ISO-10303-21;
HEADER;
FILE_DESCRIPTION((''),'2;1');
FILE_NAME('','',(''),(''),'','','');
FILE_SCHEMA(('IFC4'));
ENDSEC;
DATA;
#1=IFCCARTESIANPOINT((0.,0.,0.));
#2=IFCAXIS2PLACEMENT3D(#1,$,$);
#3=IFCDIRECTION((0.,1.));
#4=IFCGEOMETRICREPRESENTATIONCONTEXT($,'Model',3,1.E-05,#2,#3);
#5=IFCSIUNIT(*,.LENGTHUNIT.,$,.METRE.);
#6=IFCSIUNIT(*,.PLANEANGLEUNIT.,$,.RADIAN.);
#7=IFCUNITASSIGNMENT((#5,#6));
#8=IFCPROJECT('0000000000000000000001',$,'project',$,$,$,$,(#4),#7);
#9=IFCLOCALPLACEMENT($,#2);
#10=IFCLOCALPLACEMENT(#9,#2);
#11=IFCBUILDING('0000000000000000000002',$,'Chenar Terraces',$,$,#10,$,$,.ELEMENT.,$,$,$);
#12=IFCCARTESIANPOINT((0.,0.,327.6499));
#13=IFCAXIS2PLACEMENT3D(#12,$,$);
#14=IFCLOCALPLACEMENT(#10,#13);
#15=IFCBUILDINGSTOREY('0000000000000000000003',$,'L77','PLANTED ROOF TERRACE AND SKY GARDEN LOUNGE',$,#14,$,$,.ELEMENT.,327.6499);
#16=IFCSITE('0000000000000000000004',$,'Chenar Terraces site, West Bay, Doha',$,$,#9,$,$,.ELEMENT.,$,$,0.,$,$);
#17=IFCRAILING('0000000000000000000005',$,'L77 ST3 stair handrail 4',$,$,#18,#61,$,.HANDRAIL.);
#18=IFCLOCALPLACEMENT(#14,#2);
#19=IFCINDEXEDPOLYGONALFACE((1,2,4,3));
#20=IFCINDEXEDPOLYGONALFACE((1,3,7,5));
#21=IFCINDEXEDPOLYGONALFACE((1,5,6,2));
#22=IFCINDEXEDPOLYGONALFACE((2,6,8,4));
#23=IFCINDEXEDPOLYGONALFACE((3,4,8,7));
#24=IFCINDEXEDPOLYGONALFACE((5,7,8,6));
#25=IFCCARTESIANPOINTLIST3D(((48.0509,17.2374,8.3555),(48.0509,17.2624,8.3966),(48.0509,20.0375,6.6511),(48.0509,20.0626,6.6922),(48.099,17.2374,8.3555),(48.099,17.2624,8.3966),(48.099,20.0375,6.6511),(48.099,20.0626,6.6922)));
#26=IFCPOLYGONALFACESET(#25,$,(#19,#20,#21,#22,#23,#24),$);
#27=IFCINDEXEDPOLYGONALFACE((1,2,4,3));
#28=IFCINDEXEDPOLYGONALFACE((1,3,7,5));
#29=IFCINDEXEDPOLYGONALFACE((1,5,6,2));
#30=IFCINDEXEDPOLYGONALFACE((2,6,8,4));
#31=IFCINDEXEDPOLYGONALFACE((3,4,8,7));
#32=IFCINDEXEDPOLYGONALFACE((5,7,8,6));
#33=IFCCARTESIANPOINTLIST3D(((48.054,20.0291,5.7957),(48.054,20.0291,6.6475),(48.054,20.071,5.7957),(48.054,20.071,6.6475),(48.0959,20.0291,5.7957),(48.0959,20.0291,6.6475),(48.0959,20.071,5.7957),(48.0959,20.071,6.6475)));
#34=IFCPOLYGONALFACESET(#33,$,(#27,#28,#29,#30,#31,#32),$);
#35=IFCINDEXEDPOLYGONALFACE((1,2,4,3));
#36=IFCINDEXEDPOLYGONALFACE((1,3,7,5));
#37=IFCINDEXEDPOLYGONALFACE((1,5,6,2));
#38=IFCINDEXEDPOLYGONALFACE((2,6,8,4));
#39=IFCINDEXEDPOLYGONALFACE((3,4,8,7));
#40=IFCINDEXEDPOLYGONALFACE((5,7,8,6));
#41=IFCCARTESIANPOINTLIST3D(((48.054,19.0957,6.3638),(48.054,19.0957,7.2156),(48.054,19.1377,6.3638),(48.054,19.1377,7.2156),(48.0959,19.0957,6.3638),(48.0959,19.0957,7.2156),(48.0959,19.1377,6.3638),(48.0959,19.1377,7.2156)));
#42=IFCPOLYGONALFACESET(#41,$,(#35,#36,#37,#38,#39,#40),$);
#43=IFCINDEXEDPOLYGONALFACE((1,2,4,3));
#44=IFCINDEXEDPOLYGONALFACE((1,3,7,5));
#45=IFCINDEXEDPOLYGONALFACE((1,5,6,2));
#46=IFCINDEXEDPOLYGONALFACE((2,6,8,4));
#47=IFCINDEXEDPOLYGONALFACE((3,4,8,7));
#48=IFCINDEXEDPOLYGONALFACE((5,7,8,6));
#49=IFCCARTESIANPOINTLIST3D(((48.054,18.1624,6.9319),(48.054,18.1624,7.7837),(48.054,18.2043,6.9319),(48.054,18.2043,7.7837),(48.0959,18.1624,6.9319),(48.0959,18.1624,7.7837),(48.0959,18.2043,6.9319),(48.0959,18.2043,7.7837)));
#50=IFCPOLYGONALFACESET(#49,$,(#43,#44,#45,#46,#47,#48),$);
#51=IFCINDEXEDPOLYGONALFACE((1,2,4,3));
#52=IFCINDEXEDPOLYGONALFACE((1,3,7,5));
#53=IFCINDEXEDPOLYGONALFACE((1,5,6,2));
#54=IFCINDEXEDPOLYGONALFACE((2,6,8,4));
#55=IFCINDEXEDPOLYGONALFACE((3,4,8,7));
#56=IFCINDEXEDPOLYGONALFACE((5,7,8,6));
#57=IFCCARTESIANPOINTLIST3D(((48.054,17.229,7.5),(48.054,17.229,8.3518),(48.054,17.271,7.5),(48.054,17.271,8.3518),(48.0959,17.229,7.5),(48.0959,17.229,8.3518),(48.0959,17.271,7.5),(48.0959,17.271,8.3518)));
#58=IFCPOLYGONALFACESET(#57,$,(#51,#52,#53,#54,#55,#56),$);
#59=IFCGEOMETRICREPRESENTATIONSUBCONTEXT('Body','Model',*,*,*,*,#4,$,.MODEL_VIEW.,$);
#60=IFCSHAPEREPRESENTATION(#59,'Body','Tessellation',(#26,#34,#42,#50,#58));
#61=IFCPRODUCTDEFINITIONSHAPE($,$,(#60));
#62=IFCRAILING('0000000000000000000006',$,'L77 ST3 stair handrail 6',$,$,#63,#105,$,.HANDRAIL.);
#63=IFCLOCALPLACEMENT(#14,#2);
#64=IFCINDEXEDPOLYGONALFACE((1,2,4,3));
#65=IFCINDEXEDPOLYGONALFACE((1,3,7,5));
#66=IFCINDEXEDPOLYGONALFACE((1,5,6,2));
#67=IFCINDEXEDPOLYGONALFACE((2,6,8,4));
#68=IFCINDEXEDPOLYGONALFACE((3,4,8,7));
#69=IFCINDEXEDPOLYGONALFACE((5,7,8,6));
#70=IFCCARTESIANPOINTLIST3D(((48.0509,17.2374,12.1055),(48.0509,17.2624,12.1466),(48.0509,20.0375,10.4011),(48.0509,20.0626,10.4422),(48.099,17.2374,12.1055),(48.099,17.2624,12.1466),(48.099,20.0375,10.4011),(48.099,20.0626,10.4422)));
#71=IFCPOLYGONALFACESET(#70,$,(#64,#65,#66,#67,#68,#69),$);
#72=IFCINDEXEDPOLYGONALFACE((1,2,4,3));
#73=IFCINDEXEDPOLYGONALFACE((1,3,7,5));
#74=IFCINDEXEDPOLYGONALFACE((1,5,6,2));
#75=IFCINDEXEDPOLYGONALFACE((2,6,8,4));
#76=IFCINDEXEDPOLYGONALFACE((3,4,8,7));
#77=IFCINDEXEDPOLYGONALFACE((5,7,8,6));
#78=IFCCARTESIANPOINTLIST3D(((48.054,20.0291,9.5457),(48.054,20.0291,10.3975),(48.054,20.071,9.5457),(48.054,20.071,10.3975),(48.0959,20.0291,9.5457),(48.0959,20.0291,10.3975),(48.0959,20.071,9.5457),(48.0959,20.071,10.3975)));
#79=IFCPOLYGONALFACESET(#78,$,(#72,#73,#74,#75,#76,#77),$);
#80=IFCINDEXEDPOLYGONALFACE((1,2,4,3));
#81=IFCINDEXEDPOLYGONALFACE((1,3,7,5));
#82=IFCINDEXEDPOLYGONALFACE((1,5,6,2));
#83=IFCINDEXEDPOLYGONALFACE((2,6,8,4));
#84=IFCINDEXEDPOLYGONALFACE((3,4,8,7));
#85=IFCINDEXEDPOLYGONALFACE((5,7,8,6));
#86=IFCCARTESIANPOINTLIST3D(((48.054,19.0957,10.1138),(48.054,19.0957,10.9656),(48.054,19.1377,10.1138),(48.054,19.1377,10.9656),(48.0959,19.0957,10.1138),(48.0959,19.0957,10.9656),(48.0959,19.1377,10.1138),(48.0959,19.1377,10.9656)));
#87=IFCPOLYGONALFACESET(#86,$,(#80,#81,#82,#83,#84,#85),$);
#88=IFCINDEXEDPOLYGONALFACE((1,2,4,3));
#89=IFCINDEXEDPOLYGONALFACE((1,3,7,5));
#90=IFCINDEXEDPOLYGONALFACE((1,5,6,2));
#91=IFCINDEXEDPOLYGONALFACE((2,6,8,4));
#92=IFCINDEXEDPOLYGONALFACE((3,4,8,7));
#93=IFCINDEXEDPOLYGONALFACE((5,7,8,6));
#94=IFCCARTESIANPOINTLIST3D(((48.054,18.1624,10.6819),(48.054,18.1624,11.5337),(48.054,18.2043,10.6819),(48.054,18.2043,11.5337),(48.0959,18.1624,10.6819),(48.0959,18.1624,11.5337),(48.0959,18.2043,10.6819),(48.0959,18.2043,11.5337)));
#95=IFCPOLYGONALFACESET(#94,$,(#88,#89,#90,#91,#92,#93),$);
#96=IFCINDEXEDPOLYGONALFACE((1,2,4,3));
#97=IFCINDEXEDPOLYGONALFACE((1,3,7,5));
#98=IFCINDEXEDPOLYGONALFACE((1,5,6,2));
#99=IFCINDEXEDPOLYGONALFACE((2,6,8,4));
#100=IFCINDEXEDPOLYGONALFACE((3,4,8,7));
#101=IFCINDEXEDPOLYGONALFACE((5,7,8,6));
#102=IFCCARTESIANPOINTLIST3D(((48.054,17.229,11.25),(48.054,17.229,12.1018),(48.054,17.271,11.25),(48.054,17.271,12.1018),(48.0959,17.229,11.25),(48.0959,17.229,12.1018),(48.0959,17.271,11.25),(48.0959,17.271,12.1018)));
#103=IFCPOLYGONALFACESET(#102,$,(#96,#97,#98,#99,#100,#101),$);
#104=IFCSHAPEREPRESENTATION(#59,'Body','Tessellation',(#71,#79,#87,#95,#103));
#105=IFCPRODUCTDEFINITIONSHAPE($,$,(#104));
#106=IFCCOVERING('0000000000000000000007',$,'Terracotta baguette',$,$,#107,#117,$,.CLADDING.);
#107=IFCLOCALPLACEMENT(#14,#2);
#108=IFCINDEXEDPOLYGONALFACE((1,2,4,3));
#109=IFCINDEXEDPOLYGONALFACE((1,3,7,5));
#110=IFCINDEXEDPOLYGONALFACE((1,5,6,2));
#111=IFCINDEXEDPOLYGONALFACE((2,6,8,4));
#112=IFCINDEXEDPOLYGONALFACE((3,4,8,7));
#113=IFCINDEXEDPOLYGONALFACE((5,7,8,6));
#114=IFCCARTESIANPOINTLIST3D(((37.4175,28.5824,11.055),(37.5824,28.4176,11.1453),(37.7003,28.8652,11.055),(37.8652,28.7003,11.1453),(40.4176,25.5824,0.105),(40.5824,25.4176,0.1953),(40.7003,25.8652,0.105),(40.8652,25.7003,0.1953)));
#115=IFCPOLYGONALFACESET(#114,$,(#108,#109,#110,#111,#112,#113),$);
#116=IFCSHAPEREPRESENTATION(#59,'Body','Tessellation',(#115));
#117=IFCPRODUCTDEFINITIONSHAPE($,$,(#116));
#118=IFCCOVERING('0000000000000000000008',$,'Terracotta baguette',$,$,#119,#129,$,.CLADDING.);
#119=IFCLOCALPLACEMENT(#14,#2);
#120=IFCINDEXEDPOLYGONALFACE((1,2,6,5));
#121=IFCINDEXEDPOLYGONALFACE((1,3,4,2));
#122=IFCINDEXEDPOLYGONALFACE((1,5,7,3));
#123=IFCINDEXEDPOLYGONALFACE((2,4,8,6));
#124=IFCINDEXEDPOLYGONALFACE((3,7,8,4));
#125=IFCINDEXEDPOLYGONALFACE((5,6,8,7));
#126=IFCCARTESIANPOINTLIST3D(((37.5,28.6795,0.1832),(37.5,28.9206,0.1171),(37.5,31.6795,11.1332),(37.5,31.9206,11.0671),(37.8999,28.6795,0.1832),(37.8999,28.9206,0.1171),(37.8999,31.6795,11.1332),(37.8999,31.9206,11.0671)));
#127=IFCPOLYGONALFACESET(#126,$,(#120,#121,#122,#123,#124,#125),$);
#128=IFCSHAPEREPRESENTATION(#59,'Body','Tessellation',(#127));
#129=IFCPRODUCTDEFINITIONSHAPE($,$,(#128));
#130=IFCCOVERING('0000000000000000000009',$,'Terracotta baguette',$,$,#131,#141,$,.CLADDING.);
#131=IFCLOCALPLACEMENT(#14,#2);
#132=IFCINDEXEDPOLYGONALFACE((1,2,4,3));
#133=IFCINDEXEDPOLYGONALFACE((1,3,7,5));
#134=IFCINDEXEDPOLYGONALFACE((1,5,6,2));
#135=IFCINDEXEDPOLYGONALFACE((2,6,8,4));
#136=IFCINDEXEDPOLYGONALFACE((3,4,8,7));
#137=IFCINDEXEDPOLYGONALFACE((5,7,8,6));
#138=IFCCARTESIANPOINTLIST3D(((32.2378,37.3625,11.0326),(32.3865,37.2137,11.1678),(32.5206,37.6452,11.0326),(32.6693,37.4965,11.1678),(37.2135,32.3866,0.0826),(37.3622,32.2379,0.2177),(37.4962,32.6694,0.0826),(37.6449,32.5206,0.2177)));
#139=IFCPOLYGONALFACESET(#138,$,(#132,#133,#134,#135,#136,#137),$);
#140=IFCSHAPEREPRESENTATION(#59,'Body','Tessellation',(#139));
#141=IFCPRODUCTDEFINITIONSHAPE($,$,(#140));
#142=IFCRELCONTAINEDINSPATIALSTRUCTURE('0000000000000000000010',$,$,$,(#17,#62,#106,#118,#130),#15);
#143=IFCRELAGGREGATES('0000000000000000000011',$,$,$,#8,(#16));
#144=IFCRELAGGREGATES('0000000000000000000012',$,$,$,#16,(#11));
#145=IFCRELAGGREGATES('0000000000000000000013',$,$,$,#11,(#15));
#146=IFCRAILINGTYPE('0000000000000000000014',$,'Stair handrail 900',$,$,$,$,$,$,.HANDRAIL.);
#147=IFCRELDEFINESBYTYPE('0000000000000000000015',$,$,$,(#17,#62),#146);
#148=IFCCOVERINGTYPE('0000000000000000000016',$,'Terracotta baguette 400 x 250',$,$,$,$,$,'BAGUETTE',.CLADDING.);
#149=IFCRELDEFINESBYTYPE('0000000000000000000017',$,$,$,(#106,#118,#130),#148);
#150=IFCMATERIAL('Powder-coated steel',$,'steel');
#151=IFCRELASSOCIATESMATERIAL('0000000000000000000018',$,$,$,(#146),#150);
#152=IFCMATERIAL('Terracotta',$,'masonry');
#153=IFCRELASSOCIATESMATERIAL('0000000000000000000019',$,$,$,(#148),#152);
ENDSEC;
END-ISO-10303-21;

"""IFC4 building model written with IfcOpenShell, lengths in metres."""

from ifc_helpers import new_model, si_unit, direction, frame, origin, origin_2d, place, context, subcontext, project, spatial, rectangle, extrude, material, material_profile, profile_set, type_object, element, save


model = new_model("IFC4")

# Units and contexts
model_context = context("Model", 3, precision=1e-05, world=origin(), true_north=direction((0.0, 1.0)))
body_context = subcontext(model_context, "Body", "Model", "MODEL_VIEW")
ifc_project = project(units=[si_unit("LENGTHUNIT", "METRE"), si_unit("PLANEANGLEUNIT", "RADIAN")], contexts=[model_context])

# Site, building, storey
site_placement = place(None, origin())
site = spatial("IfcSite", under=ifc_project, at=site_placement, Name="Chenar Terraces site, West Bay, Doha", CompositionType="ELEMENT", RefElevation=0.0)
building_placement = place(site_placement, origin())
building = spatial("IfcBuilding", under=site, at=building_placement, Name="Chenar Terraces", CompositionType="ELEMENT")
storey_placement = place(building_placement, frame((0.0, 0.0, 327.6499)))
storey = spatial("IfcBuildingStorey", under=building, at=storey_placement, Name="L77", Description="PLANTED ROOF TERRACE AND SKY GARDEN LOUNGE", CompositionType="ELEMENT", Elevation=327.6499)

# Railings
ifc_material_1 = material(Name="Powder-coated steel", Category="steel")
railing_type_1 = type_object("IfcRailingType", Name="Stair handrail 900", PredefinedType="HANDRAIL", material=ifc_material_1)
for number, where, name in (
    (1, (48.075, 20.05, 5.7957), "L77 ST3 stair handrail 4"),
    (2, (48.075, 20.05, 9.5457), "L77 ST3 stair handrail 6"),
):
    element("IfcRailing", number, at=place(storey_placement, frame(where)), inside=storey, type_object=railing_type_1, Name=name, PredefinedType="HANDRAIL", context=body_context, shape_type="SweptSolid", body=[
        extrude(rectangle(XDim=0.0481, YDim=0.0481, at=origin_2d()), frame((0.0, 0.0, 0.876), z_axis=(0.0, -0.854203, 0.51994), x_axis=(1.0, 0.0, 0.0)), (0.0, 0.0, 1.0), 3.2781),
        extrude(rectangle(XDim=0.042, YDim=0.042, at=origin_2d()), origin(), (0.0, 0.0, 1.0), 0.8518),
        extrude(rectangle(XDim=0.042, YDim=0.042, at=origin_2d()), frame((0.0, -0.9333, 0.5681)), (0.0, 0.0, 1.0), 0.8518),
        extrude(rectangle(XDim=0.042, YDim=0.042, at=origin_2d()), frame((0.0, -1.8667, 1.1362)), (0.0, 0.0, 1.0), 0.8518),
        extrude(rectangle(XDim=0.042, YDim=0.042, at=origin_2d()), frame((0.0, -2.8, 1.7043)), (0.0, 0.0, 1.0), 0.8518),
    ])

# Coverings
ifc_material_2 = material(Name="Terracotta", Category="masonry")
ifc_material_profile_1 = material_profile(ifc_material_2, rectangle(XDim=0.3999, YDim=0.25, at=origin_2d()), Name="Terracotta baguette 400 x 250")
ifc_profile_set_1 = profile_set([ifc_material_profile_1], Name="Terracotta")
covering_type = type_object("IfcCoveringType", Name="Terracotta baguette 400 x 250", ElementType="BAGUETTE", PredefinedType="CLADDING", material=ifc_profile_set_1)
covering_1_placement = place(storey_placement, frame((40.6414, 25.6414, 0.1501), z_axis=(-0.255468, 0.255468, 0.932455), x_axis=(-0.707107, -0.707107, 0.0)))
element("IfcCovering", 3, at=covering_1_placement, inside=storey, type_object=covering_type, Name="Terracotta baguette", PredefinedType="CLADDING", context=body_context, shape_type="SweptSolid", body=[
    extrude(rectangle(XDim=0.3999, YDim=0.25, at=origin_2d()), origin(), (0.0, 0.0, 1.0), 11.7432),
])
covering_2_placement = place(storey_placement, frame((37.7, 28.8, 0.1501), z_axis=(0.0, 0.264236, 0.964458), x_axis=(-1.0, 0.0, 0.0)))
element("IfcCovering", 4, at=covering_2_placement, inside=storey, type_object=covering_type, Name="Terracotta baguette", PredefinedType="CLADDING", context=body_context, shape_type="SweptSolid", body=[
    extrude(rectangle(XDim=0.3999, YDim=0.25, at=origin_2d()), origin(), (0.0, 0.0, 1.0), 11.3535),
])
covering_3_placement = place(storey_placement, frame((37.4292, 32.4536, 0.1501), z_axis=(-0.382266, 0.382285, 0.841267), x_axis=(-0.707124, -0.707089, 0.0)))
element("IfcCovering", 5, at=covering_3_placement, inside=storey, type_object=covering_type, Name="Terracotta baguette", PredefinedType="CLADDING", context=body_context, shape_type="SweptSolid", body=[
    extrude(rectangle(XDim=0.3999, YDim=0.25, at=origin_2d()), origin(), (0.0, 0.0, 1.0), 13.0161),
])

save(model, "model.ifc")
